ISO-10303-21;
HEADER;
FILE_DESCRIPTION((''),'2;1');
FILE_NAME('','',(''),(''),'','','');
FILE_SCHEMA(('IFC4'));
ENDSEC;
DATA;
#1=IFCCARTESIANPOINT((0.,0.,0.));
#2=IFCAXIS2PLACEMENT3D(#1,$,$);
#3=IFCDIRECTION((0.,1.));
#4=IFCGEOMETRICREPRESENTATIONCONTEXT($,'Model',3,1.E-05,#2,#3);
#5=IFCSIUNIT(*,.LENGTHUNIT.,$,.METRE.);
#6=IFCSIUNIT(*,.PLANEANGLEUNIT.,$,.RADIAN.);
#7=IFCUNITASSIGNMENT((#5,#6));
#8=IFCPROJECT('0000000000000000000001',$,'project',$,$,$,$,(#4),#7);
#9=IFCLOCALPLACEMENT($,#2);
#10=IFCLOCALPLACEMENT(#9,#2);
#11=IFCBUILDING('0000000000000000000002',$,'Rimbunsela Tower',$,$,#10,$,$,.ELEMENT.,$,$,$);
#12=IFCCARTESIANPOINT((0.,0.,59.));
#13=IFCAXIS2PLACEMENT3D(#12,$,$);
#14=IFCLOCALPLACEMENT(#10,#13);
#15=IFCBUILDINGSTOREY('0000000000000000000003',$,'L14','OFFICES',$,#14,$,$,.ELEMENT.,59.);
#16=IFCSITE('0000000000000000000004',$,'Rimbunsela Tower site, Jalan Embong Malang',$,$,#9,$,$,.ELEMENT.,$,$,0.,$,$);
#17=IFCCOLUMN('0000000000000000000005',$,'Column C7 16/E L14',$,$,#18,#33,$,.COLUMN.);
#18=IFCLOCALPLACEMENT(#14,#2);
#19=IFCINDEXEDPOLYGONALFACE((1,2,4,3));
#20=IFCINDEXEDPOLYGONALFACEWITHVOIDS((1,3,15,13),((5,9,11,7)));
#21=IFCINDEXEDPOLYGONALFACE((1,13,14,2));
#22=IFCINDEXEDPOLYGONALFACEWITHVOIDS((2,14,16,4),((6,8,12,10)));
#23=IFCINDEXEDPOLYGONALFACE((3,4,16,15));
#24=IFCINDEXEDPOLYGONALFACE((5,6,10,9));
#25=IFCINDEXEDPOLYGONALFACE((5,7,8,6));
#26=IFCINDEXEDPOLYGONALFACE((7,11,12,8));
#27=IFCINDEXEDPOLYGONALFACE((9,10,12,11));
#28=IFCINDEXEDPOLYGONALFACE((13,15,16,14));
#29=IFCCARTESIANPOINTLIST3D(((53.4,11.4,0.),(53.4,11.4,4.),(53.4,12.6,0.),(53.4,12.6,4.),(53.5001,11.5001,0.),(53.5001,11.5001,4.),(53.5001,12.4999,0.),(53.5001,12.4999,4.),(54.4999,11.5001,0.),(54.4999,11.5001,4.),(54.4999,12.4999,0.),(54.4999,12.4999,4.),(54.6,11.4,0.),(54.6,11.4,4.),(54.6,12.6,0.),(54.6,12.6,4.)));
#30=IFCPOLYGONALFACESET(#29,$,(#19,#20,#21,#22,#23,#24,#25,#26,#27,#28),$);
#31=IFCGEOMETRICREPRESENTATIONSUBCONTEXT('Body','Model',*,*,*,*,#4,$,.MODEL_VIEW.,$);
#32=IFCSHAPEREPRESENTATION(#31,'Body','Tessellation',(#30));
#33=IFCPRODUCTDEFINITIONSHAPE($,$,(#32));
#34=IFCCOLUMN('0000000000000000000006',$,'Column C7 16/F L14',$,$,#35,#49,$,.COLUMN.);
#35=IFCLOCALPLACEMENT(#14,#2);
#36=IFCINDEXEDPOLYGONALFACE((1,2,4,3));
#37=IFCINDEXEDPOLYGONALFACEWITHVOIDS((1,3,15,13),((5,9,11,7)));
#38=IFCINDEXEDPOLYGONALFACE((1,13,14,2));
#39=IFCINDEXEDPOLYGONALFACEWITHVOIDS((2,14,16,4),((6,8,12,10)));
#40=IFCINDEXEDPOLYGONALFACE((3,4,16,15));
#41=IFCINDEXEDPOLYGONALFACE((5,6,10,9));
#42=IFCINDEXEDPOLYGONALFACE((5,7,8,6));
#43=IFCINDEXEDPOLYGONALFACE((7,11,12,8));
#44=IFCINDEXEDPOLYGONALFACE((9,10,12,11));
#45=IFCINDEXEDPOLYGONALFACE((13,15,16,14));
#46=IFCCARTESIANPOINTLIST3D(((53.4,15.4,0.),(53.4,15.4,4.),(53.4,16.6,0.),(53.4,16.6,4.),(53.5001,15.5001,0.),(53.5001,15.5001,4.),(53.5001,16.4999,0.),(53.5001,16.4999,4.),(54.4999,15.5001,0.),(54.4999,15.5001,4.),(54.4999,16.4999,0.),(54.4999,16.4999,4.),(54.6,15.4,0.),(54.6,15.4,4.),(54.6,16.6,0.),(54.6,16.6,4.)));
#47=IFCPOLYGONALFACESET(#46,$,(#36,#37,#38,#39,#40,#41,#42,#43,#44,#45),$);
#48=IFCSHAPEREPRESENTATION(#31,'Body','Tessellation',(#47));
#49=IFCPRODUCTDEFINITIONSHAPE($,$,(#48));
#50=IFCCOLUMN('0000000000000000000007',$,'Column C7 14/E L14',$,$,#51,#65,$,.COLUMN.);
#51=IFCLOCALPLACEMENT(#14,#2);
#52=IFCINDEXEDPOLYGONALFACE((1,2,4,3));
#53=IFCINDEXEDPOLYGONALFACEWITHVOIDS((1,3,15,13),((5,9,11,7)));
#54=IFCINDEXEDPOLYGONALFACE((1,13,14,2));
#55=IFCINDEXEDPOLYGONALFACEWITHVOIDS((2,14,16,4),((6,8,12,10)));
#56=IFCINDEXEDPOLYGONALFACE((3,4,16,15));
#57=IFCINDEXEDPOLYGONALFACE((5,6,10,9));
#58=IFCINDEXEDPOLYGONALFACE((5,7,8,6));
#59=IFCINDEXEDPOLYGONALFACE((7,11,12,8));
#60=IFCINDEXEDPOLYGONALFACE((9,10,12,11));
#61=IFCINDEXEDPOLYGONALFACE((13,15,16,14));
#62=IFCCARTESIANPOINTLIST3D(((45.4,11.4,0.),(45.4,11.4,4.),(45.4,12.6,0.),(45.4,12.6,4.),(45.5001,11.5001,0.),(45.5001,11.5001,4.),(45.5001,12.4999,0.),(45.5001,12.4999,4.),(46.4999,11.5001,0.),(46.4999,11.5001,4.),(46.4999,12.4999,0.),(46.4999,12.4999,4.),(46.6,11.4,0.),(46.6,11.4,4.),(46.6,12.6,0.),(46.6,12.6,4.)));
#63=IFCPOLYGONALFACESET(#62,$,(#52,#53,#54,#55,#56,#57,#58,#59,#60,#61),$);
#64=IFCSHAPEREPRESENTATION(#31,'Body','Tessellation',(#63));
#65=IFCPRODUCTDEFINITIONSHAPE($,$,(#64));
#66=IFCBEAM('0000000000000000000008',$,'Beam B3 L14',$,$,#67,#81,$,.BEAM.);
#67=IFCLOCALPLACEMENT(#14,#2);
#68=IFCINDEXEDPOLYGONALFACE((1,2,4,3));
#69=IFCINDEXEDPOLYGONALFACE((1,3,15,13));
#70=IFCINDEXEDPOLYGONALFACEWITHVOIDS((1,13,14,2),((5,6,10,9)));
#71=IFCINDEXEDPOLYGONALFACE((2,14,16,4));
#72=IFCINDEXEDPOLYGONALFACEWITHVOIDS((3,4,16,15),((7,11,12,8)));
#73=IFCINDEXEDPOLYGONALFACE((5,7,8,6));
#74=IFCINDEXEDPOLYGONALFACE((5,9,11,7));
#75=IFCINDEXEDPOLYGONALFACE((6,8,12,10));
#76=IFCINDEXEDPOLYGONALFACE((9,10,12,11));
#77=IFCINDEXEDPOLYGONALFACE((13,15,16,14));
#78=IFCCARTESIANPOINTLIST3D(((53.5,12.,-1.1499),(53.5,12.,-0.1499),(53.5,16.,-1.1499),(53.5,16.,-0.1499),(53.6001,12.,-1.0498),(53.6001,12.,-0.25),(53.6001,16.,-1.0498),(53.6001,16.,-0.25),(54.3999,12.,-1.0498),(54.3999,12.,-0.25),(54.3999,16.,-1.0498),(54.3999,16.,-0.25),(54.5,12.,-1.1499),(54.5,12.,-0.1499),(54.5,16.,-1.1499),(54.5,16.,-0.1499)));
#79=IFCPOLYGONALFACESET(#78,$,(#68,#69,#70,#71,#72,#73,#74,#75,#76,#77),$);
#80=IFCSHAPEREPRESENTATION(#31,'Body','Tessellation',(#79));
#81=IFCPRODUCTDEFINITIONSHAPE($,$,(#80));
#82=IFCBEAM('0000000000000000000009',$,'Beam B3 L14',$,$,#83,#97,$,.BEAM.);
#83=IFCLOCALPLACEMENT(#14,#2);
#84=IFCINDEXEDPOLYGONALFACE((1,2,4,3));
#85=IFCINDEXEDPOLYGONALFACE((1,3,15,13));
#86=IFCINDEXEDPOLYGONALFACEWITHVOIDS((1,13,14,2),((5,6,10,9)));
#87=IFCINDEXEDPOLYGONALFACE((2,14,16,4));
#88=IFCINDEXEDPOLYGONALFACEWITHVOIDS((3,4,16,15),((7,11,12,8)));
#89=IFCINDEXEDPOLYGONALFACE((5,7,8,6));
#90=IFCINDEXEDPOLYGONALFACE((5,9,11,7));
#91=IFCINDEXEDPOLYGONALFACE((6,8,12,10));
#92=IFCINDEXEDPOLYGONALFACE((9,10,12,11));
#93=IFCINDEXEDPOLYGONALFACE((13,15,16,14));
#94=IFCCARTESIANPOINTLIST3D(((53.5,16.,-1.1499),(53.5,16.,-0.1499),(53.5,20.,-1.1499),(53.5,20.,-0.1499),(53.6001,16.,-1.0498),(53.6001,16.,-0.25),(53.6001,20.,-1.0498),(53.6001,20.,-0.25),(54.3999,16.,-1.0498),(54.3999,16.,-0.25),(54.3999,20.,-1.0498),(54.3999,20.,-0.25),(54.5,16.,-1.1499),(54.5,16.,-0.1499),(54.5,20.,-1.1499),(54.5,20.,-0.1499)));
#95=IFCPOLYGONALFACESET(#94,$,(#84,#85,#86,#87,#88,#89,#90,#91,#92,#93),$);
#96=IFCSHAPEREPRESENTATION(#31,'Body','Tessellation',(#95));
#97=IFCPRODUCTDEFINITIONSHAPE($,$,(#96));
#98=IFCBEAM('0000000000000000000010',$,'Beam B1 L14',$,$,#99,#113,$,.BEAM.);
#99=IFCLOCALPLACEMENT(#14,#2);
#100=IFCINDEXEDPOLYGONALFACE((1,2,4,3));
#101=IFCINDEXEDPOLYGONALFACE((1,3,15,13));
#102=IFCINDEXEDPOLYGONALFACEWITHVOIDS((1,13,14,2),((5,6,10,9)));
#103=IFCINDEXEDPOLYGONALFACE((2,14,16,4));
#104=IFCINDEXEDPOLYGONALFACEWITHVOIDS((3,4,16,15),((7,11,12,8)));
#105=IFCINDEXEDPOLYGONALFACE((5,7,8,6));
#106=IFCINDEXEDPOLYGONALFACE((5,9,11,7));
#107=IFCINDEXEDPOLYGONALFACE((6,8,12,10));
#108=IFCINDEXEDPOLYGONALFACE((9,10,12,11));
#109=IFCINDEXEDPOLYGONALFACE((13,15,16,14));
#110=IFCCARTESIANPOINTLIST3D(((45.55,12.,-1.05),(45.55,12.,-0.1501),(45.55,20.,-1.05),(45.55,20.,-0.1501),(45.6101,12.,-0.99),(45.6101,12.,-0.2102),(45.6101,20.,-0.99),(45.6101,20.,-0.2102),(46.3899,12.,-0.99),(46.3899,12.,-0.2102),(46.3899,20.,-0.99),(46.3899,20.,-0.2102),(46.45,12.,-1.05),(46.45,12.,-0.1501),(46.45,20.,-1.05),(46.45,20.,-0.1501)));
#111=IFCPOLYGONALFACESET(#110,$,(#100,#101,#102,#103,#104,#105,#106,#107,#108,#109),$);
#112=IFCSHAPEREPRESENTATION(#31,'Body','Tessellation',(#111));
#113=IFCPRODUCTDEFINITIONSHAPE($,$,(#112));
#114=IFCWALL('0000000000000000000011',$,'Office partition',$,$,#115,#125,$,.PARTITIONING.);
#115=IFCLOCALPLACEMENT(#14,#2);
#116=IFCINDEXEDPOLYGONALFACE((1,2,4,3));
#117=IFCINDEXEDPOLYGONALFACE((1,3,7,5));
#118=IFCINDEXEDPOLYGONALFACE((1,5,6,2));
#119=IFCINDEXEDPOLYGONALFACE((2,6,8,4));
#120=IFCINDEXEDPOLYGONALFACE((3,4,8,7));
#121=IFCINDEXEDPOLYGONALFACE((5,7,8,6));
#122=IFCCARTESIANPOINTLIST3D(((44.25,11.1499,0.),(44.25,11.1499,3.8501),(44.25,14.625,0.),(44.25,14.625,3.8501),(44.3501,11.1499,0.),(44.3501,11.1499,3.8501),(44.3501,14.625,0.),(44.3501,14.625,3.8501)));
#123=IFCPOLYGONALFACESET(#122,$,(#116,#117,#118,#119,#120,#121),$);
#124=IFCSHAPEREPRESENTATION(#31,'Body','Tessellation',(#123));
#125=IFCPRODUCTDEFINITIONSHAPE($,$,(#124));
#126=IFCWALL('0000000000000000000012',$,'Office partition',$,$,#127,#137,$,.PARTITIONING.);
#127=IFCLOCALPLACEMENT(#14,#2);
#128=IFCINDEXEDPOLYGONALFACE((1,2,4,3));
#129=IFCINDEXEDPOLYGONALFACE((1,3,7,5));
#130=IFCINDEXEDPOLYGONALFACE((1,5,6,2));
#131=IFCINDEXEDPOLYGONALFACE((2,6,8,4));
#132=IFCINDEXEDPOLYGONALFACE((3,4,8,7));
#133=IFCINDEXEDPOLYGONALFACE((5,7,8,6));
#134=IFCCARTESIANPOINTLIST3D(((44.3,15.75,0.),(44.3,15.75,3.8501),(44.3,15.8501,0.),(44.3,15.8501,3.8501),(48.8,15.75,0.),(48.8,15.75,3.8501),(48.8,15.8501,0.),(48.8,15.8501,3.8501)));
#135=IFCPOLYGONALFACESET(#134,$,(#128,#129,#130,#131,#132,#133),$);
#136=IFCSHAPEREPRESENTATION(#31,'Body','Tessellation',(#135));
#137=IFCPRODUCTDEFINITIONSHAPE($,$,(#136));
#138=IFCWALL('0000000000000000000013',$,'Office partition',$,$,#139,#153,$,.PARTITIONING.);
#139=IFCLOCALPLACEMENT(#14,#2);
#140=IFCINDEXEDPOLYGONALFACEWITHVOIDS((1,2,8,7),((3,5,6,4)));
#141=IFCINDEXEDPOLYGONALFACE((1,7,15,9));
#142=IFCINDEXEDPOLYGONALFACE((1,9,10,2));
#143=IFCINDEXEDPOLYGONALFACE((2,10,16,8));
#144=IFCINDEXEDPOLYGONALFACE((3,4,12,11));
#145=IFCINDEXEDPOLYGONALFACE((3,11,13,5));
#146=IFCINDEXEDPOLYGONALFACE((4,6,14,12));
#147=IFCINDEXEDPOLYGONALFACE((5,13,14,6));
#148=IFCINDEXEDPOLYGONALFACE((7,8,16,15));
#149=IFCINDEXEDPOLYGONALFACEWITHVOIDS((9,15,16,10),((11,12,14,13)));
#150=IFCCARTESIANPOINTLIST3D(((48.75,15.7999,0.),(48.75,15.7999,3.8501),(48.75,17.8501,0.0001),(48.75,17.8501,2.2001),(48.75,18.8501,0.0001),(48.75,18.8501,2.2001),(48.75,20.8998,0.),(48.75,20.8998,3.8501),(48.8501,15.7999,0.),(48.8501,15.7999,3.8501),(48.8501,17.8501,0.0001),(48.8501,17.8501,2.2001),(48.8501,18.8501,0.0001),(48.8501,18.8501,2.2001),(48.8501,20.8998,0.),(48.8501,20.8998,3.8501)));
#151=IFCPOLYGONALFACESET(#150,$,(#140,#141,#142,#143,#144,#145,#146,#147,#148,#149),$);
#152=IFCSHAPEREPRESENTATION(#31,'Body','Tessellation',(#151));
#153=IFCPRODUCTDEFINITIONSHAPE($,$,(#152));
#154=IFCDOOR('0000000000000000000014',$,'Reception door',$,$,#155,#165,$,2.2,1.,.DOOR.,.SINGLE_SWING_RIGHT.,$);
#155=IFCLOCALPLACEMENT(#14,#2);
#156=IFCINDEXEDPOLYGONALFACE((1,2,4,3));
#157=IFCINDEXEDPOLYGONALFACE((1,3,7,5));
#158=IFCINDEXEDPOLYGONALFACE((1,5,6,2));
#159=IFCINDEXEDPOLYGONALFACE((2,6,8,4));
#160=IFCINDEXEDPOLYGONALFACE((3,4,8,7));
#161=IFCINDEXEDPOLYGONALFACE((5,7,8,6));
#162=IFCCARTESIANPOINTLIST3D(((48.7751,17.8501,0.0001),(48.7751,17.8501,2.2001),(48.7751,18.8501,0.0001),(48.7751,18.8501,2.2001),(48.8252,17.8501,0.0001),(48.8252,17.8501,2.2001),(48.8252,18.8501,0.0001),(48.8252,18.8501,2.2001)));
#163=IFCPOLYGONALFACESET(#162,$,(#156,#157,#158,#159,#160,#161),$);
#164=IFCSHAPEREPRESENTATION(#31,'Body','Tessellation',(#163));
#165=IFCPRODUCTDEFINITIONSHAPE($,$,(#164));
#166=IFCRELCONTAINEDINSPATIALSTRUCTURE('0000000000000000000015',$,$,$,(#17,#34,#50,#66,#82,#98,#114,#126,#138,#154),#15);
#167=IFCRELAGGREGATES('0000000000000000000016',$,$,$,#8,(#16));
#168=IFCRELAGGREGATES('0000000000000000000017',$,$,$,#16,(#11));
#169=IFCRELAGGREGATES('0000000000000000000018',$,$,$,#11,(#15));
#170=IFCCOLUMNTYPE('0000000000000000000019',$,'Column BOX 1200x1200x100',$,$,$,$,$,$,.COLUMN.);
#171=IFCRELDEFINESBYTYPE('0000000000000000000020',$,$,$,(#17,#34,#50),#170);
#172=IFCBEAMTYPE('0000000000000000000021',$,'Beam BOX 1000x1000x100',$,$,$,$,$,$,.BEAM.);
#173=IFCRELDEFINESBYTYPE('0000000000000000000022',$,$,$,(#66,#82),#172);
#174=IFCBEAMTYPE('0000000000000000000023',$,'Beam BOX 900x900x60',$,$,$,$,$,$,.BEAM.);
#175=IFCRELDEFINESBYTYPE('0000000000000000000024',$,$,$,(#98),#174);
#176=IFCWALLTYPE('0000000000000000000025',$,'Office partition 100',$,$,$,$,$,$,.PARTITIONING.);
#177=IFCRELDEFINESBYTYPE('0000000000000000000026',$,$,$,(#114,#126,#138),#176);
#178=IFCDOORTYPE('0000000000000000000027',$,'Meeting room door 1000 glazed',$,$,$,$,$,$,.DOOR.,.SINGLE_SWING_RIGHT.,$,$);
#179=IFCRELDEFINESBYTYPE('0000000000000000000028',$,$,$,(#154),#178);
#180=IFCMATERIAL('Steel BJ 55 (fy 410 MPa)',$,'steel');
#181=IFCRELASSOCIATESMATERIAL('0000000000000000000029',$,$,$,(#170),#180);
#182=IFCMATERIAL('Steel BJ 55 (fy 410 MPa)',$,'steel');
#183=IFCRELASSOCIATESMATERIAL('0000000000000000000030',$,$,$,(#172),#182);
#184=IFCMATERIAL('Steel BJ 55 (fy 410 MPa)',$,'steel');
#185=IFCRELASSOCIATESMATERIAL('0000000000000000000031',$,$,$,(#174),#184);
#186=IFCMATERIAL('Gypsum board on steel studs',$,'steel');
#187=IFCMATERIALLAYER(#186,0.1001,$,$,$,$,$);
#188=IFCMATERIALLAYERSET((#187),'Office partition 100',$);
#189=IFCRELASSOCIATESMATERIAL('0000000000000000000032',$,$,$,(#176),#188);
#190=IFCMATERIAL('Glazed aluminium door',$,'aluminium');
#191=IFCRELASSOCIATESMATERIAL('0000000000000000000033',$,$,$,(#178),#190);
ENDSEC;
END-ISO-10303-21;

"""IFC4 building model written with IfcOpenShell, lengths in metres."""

from ifc_helpers import new_model, si_unit, direction, frame, frame_2d, origin, origin_2d, place, context, subcontext, project, spatial, rectangle, hollow_rectangle, extrude, material, layer, layer_set, material_profile, profile_set, type_object, element, fill, save


model = new_model("IFC4")

# Units and contexts
model_context = context("Model", 3, precision=1e-05, world=origin(), true_north=direction((0.0, 1.0)))
body_context = subcontext(model_context, "Body", "Model", "MODEL_VIEW")
ifc_project = project(units=[si_unit("LENGTHUNIT", "METRE"), si_unit("PLANEANGLEUNIT", "RADIAN")], contexts=[model_context])

# Site, building, storey
site_placement = place(None, origin())
site = spatial("IfcSite", under=ifc_project, at=site_placement, Name="Rimbunsela Tower site, Jalan Embong Malang", CompositionType="ELEMENT", RefElevation=0.0)
building_placement = place(site_placement, origin())
building = spatial("IfcBuilding", under=site, at=building_placement, Name="Rimbunsela Tower", CompositionType="ELEMENT")
storey_placement = place(building_placement, frame((0.0, 0.0, 59.0)))
storey = spatial("IfcBuildingStorey", under=building, at=storey_placement, Name="L14", Description="OFFICES", CompositionType="ELEMENT", Elevation=59.0)

# Columns
ifc_material_1 = material(Name="Steel BJ 55 (fy 410 MPa)", Category="steel")
ifc_material_profile_1 = material_profile(ifc_material_1, hollow_rectangle(XDim=1.2, YDim=1.2, WallThickness=0.1001, at=origin_2d()), Name="BOX 1200x1200x100")
ifc_profile_set_1 = profile_set([ifc_material_profile_1], Name="Steel BJ 55 (fy 410 MPa)")
column_type = type_object("IfcColumnType", Name="Column BOX 1200x1200x100", PredefinedType="COLUMN", material=ifc_profile_set_1)
for number, where, z_axis, x_axis, name in (
    (1, (54.0, 12.0, 0.0), (0.0, 0.0, 1.0), (1.0, 0.0, 0.0), "Column C7 16/E L14"),
    (2, (54.0, 16.0, 0.0), (0.0, 0.0, 1.0), (1.0, 0.0, 0.0), "Column C7 16/F L14"),
    (3, (46.0, 12.0, 0.0), (0.0, 0.0, 1.0), (1.0, 0.0, 0.0), "Column C7 14/E L14"),
):
    element("IfcColumn", number, at=place(storey_placement, frame(where, z_axis=z_axis, x_axis=x_axis)), inside=storey, type_object=column_type, Name=name, PredefinedType="COLUMN", context=body_context, shape_type="SweptSolid", body=[
        extrude(hollow_rectangle(XDim=1.2, YDim=1.2, WallThickness=0.1001, at=origin_2d()), origin(), (0.0, 0.0, 1.0), 4.0),
    ])

# Beams
ifc_material_2 = material(Name="Steel BJ 55 (fy 410 MPa)", Category="steel")
ifc_material_profile_2 = material_profile(ifc_material_2, hollow_rectangle(XDim=1.0, YDim=1.0, WallThickness=0.1001, at=origin_2d()), Name="BOX 1000x1000x100")
ifc_profile_set_2 = profile_set([ifc_material_profile_2], Name="Steel BJ 55 (fy 410 MPa)")
beam_type_1 = type_object("IfcBeamType", Name="Beam BOX 1000x1000x100", PredefinedType="BEAM", material=ifc_profile_set_2)
for number, where, z_axis, x_axis, name in (
    (4, (54.0, 12.0, -0.6499), (0.0, 1.0, 0.0), (-1.0, 0.0, 0.0), "Beam B3 L14"),
    (5, (54.0, 16.0, -0.6499), (0.0, 1.0, 0.0), (-1.0, 0.0, 0.0), "Beam B3 L14"),
):
    element("IfcBeam", number, at=place(storey_placement, frame(where, z_axis=z_axis, x_axis=x_axis)), inside=storey, type_object=beam_type_1, Name=name, PredefinedType="BEAM", context=body_context, shape_type="SweptSolid", body=[
        extrude(hollow_rectangle(XDim=1.0, YDim=1.0, WallThickness=0.1001, at=origin_2d()), origin(), (0.0, 0.0, 1.0), 4.0),
    ])
ifc_material_3 = material(Name="Steel BJ 55 (fy 410 MPa)", Category="steel")
ifc_material_profile_3 = material_profile(ifc_material_3, hollow_rectangle(XDim=0.8999, YDim=0.8999, WallThickness=0.0601, at=origin_2d()), Name="BOX 900x900x60")
ifc_profile_set_3 = profile_set([ifc_material_profile_3], Name="Steel BJ 55 (fy 410 MPa)")
beam_type_2 = type_object("IfcBeamType", Name="Beam BOX 900x900x60", PredefinedType="BEAM", material=ifc_profile_set_3)
beam_placement = place(storey_placement, frame((46.0, 12.0, -0.6001), z_axis=(0.0, 1.0, 0.0), x_axis=(-1.0, 0.0, 0.0)))
element("IfcBeam", 6, at=beam_placement, inside=storey, type_object=beam_type_2, Name="Beam B1 L14", PredefinedType="BEAM", context=body_context, shape_type="SweptSolid", body=[
    extrude(hollow_rectangle(XDim=0.8999, YDim=0.8999, WallThickness=0.0601, at=origin_2d()), origin(), (0.0, 0.0, 1.0), 8.0),
])

# Walls
ifc_material_4 = material(Name="Gypsum board on steel studs", Category="steel")
ifc_layer_1 = layer(ifc_material_4, 0.1001)
ifc_layer_set_1 = layer_set([ifc_layer_1], Name="Office partition 100")
wall_type_1 = type_object("IfcWallType", Name="Office partition 100", PredefinedType="PARTITIONING", material=ifc_layer_set_1)
wall_1_placement = place(storey_placement, frame((44.3, 11.1499, 0.0), z_axis=(0.0, 0.0, 1.0), x_axis=(0.0, 1.0, 0.0)))
element("IfcWall", 7, at=wall_1_placement, inside=storey, type_object=wall_type_1, Name="Office partition", PredefinedType="PARTITIONING", context=body_context, shape_type="SweptSolid", body=[
    extrude(rectangle(XDim=3.4751, YDim=0.1001, at=frame_2d((1.7375, 0.0))), origin(), (0.0, 0.0, 1.0), 3.8501),
])
wall_2_placement = place(storey_placement, frame((44.3, 15.8, 0.0), z_axis=(0.0, 0.0, 1.0), x_axis=(1.0, 0.0, 0.0)))
element("IfcWall", 8, at=wall_2_placement, inside=storey, type_object=wall_type_1, Name="Office partition", PredefinedType="PARTITIONING", context=body_context, shape_type="SweptSolid", body=[
    extrude(rectangle(XDim=4.5, YDim=0.1001, at=frame_2d((2.25, 0.0))), origin(), (0.0, 0.0, 1.0), 3.8501),
])

# Wall, opening, door
wall_3_placement = place(storey_placement, frame((48.8, 15.8, 0.0), z_axis=(0.0, 0.0, 1.0), x_axis=(0.0, 1.0, 0.0)))
wall_3 = element("IfcWall", 9, at=wall_3_placement, inside=storey, type_object=wall_type_1, Name="Office partition", PredefinedType="PARTITIONING", context=body_context, shape_type="SweptSolid", body=[
    extrude(rectangle(XDim=5.0999, YDim=0.1001, at=frame_2d((2.5498, 0.0))), origin(), (0.0, 0.0, 1.0), 3.8501),
])
opening_1_placement = place(wall_3_placement, frame((2.05, 0.0, 0.0)))
opening_1 = element("IfcOpeningElement", 10, at=opening_1_placement, cuts=wall_3, PredefinedType="OPENING", context=body_context, shape_type="SweptSolid", body=[
    extrude(rectangle(XDim=1.0, YDim=2.2, at=frame_2d((0.5, 1.1001))), frame((0.0, 0.0601, 0.0), z_axis=(0.0, -1.0, 0.0), x_axis=(1.0, 0.0, 0.0)), (0.0, 0.0, 1.0), 0.1201),
])
ifc_material_5 = material(Name="Glazed aluminium door", Category="aluminium")
door_type_1 = type_object("IfcDoorType", Name="Meeting room door 1000 glazed", OperationType="SINGLE_SWING_RIGHT", PredefinedType="DOOR", material=ifc_material_5)
door_1_placement = place(opening_1_placement, origin())
door_1 = element("IfcDoor", 11, at=door_1_placement, inside=storey, type_object=door_type_1, Name="Reception door", OperationType="SINGLE_SWING_RIGHT", OverallHeight=2.2, OverallWidth=1.0, PredefinedType="DOOR", context=body_context, shape_type="SweptSolid", body=[
    extrude(rectangle(XDim=1.0, YDim=2.2, at=frame_2d((0.5, 1.1001))), frame((0.0, 0.0249, 0.0), z_axis=(0.0, -1.0, 0.0), x_axis=(1.0, 0.0, 0.0)), (0.0, 0.0, 1.0), 0.05),
])
fill(opening_1, door_1)

save(model, "model.ifc")
